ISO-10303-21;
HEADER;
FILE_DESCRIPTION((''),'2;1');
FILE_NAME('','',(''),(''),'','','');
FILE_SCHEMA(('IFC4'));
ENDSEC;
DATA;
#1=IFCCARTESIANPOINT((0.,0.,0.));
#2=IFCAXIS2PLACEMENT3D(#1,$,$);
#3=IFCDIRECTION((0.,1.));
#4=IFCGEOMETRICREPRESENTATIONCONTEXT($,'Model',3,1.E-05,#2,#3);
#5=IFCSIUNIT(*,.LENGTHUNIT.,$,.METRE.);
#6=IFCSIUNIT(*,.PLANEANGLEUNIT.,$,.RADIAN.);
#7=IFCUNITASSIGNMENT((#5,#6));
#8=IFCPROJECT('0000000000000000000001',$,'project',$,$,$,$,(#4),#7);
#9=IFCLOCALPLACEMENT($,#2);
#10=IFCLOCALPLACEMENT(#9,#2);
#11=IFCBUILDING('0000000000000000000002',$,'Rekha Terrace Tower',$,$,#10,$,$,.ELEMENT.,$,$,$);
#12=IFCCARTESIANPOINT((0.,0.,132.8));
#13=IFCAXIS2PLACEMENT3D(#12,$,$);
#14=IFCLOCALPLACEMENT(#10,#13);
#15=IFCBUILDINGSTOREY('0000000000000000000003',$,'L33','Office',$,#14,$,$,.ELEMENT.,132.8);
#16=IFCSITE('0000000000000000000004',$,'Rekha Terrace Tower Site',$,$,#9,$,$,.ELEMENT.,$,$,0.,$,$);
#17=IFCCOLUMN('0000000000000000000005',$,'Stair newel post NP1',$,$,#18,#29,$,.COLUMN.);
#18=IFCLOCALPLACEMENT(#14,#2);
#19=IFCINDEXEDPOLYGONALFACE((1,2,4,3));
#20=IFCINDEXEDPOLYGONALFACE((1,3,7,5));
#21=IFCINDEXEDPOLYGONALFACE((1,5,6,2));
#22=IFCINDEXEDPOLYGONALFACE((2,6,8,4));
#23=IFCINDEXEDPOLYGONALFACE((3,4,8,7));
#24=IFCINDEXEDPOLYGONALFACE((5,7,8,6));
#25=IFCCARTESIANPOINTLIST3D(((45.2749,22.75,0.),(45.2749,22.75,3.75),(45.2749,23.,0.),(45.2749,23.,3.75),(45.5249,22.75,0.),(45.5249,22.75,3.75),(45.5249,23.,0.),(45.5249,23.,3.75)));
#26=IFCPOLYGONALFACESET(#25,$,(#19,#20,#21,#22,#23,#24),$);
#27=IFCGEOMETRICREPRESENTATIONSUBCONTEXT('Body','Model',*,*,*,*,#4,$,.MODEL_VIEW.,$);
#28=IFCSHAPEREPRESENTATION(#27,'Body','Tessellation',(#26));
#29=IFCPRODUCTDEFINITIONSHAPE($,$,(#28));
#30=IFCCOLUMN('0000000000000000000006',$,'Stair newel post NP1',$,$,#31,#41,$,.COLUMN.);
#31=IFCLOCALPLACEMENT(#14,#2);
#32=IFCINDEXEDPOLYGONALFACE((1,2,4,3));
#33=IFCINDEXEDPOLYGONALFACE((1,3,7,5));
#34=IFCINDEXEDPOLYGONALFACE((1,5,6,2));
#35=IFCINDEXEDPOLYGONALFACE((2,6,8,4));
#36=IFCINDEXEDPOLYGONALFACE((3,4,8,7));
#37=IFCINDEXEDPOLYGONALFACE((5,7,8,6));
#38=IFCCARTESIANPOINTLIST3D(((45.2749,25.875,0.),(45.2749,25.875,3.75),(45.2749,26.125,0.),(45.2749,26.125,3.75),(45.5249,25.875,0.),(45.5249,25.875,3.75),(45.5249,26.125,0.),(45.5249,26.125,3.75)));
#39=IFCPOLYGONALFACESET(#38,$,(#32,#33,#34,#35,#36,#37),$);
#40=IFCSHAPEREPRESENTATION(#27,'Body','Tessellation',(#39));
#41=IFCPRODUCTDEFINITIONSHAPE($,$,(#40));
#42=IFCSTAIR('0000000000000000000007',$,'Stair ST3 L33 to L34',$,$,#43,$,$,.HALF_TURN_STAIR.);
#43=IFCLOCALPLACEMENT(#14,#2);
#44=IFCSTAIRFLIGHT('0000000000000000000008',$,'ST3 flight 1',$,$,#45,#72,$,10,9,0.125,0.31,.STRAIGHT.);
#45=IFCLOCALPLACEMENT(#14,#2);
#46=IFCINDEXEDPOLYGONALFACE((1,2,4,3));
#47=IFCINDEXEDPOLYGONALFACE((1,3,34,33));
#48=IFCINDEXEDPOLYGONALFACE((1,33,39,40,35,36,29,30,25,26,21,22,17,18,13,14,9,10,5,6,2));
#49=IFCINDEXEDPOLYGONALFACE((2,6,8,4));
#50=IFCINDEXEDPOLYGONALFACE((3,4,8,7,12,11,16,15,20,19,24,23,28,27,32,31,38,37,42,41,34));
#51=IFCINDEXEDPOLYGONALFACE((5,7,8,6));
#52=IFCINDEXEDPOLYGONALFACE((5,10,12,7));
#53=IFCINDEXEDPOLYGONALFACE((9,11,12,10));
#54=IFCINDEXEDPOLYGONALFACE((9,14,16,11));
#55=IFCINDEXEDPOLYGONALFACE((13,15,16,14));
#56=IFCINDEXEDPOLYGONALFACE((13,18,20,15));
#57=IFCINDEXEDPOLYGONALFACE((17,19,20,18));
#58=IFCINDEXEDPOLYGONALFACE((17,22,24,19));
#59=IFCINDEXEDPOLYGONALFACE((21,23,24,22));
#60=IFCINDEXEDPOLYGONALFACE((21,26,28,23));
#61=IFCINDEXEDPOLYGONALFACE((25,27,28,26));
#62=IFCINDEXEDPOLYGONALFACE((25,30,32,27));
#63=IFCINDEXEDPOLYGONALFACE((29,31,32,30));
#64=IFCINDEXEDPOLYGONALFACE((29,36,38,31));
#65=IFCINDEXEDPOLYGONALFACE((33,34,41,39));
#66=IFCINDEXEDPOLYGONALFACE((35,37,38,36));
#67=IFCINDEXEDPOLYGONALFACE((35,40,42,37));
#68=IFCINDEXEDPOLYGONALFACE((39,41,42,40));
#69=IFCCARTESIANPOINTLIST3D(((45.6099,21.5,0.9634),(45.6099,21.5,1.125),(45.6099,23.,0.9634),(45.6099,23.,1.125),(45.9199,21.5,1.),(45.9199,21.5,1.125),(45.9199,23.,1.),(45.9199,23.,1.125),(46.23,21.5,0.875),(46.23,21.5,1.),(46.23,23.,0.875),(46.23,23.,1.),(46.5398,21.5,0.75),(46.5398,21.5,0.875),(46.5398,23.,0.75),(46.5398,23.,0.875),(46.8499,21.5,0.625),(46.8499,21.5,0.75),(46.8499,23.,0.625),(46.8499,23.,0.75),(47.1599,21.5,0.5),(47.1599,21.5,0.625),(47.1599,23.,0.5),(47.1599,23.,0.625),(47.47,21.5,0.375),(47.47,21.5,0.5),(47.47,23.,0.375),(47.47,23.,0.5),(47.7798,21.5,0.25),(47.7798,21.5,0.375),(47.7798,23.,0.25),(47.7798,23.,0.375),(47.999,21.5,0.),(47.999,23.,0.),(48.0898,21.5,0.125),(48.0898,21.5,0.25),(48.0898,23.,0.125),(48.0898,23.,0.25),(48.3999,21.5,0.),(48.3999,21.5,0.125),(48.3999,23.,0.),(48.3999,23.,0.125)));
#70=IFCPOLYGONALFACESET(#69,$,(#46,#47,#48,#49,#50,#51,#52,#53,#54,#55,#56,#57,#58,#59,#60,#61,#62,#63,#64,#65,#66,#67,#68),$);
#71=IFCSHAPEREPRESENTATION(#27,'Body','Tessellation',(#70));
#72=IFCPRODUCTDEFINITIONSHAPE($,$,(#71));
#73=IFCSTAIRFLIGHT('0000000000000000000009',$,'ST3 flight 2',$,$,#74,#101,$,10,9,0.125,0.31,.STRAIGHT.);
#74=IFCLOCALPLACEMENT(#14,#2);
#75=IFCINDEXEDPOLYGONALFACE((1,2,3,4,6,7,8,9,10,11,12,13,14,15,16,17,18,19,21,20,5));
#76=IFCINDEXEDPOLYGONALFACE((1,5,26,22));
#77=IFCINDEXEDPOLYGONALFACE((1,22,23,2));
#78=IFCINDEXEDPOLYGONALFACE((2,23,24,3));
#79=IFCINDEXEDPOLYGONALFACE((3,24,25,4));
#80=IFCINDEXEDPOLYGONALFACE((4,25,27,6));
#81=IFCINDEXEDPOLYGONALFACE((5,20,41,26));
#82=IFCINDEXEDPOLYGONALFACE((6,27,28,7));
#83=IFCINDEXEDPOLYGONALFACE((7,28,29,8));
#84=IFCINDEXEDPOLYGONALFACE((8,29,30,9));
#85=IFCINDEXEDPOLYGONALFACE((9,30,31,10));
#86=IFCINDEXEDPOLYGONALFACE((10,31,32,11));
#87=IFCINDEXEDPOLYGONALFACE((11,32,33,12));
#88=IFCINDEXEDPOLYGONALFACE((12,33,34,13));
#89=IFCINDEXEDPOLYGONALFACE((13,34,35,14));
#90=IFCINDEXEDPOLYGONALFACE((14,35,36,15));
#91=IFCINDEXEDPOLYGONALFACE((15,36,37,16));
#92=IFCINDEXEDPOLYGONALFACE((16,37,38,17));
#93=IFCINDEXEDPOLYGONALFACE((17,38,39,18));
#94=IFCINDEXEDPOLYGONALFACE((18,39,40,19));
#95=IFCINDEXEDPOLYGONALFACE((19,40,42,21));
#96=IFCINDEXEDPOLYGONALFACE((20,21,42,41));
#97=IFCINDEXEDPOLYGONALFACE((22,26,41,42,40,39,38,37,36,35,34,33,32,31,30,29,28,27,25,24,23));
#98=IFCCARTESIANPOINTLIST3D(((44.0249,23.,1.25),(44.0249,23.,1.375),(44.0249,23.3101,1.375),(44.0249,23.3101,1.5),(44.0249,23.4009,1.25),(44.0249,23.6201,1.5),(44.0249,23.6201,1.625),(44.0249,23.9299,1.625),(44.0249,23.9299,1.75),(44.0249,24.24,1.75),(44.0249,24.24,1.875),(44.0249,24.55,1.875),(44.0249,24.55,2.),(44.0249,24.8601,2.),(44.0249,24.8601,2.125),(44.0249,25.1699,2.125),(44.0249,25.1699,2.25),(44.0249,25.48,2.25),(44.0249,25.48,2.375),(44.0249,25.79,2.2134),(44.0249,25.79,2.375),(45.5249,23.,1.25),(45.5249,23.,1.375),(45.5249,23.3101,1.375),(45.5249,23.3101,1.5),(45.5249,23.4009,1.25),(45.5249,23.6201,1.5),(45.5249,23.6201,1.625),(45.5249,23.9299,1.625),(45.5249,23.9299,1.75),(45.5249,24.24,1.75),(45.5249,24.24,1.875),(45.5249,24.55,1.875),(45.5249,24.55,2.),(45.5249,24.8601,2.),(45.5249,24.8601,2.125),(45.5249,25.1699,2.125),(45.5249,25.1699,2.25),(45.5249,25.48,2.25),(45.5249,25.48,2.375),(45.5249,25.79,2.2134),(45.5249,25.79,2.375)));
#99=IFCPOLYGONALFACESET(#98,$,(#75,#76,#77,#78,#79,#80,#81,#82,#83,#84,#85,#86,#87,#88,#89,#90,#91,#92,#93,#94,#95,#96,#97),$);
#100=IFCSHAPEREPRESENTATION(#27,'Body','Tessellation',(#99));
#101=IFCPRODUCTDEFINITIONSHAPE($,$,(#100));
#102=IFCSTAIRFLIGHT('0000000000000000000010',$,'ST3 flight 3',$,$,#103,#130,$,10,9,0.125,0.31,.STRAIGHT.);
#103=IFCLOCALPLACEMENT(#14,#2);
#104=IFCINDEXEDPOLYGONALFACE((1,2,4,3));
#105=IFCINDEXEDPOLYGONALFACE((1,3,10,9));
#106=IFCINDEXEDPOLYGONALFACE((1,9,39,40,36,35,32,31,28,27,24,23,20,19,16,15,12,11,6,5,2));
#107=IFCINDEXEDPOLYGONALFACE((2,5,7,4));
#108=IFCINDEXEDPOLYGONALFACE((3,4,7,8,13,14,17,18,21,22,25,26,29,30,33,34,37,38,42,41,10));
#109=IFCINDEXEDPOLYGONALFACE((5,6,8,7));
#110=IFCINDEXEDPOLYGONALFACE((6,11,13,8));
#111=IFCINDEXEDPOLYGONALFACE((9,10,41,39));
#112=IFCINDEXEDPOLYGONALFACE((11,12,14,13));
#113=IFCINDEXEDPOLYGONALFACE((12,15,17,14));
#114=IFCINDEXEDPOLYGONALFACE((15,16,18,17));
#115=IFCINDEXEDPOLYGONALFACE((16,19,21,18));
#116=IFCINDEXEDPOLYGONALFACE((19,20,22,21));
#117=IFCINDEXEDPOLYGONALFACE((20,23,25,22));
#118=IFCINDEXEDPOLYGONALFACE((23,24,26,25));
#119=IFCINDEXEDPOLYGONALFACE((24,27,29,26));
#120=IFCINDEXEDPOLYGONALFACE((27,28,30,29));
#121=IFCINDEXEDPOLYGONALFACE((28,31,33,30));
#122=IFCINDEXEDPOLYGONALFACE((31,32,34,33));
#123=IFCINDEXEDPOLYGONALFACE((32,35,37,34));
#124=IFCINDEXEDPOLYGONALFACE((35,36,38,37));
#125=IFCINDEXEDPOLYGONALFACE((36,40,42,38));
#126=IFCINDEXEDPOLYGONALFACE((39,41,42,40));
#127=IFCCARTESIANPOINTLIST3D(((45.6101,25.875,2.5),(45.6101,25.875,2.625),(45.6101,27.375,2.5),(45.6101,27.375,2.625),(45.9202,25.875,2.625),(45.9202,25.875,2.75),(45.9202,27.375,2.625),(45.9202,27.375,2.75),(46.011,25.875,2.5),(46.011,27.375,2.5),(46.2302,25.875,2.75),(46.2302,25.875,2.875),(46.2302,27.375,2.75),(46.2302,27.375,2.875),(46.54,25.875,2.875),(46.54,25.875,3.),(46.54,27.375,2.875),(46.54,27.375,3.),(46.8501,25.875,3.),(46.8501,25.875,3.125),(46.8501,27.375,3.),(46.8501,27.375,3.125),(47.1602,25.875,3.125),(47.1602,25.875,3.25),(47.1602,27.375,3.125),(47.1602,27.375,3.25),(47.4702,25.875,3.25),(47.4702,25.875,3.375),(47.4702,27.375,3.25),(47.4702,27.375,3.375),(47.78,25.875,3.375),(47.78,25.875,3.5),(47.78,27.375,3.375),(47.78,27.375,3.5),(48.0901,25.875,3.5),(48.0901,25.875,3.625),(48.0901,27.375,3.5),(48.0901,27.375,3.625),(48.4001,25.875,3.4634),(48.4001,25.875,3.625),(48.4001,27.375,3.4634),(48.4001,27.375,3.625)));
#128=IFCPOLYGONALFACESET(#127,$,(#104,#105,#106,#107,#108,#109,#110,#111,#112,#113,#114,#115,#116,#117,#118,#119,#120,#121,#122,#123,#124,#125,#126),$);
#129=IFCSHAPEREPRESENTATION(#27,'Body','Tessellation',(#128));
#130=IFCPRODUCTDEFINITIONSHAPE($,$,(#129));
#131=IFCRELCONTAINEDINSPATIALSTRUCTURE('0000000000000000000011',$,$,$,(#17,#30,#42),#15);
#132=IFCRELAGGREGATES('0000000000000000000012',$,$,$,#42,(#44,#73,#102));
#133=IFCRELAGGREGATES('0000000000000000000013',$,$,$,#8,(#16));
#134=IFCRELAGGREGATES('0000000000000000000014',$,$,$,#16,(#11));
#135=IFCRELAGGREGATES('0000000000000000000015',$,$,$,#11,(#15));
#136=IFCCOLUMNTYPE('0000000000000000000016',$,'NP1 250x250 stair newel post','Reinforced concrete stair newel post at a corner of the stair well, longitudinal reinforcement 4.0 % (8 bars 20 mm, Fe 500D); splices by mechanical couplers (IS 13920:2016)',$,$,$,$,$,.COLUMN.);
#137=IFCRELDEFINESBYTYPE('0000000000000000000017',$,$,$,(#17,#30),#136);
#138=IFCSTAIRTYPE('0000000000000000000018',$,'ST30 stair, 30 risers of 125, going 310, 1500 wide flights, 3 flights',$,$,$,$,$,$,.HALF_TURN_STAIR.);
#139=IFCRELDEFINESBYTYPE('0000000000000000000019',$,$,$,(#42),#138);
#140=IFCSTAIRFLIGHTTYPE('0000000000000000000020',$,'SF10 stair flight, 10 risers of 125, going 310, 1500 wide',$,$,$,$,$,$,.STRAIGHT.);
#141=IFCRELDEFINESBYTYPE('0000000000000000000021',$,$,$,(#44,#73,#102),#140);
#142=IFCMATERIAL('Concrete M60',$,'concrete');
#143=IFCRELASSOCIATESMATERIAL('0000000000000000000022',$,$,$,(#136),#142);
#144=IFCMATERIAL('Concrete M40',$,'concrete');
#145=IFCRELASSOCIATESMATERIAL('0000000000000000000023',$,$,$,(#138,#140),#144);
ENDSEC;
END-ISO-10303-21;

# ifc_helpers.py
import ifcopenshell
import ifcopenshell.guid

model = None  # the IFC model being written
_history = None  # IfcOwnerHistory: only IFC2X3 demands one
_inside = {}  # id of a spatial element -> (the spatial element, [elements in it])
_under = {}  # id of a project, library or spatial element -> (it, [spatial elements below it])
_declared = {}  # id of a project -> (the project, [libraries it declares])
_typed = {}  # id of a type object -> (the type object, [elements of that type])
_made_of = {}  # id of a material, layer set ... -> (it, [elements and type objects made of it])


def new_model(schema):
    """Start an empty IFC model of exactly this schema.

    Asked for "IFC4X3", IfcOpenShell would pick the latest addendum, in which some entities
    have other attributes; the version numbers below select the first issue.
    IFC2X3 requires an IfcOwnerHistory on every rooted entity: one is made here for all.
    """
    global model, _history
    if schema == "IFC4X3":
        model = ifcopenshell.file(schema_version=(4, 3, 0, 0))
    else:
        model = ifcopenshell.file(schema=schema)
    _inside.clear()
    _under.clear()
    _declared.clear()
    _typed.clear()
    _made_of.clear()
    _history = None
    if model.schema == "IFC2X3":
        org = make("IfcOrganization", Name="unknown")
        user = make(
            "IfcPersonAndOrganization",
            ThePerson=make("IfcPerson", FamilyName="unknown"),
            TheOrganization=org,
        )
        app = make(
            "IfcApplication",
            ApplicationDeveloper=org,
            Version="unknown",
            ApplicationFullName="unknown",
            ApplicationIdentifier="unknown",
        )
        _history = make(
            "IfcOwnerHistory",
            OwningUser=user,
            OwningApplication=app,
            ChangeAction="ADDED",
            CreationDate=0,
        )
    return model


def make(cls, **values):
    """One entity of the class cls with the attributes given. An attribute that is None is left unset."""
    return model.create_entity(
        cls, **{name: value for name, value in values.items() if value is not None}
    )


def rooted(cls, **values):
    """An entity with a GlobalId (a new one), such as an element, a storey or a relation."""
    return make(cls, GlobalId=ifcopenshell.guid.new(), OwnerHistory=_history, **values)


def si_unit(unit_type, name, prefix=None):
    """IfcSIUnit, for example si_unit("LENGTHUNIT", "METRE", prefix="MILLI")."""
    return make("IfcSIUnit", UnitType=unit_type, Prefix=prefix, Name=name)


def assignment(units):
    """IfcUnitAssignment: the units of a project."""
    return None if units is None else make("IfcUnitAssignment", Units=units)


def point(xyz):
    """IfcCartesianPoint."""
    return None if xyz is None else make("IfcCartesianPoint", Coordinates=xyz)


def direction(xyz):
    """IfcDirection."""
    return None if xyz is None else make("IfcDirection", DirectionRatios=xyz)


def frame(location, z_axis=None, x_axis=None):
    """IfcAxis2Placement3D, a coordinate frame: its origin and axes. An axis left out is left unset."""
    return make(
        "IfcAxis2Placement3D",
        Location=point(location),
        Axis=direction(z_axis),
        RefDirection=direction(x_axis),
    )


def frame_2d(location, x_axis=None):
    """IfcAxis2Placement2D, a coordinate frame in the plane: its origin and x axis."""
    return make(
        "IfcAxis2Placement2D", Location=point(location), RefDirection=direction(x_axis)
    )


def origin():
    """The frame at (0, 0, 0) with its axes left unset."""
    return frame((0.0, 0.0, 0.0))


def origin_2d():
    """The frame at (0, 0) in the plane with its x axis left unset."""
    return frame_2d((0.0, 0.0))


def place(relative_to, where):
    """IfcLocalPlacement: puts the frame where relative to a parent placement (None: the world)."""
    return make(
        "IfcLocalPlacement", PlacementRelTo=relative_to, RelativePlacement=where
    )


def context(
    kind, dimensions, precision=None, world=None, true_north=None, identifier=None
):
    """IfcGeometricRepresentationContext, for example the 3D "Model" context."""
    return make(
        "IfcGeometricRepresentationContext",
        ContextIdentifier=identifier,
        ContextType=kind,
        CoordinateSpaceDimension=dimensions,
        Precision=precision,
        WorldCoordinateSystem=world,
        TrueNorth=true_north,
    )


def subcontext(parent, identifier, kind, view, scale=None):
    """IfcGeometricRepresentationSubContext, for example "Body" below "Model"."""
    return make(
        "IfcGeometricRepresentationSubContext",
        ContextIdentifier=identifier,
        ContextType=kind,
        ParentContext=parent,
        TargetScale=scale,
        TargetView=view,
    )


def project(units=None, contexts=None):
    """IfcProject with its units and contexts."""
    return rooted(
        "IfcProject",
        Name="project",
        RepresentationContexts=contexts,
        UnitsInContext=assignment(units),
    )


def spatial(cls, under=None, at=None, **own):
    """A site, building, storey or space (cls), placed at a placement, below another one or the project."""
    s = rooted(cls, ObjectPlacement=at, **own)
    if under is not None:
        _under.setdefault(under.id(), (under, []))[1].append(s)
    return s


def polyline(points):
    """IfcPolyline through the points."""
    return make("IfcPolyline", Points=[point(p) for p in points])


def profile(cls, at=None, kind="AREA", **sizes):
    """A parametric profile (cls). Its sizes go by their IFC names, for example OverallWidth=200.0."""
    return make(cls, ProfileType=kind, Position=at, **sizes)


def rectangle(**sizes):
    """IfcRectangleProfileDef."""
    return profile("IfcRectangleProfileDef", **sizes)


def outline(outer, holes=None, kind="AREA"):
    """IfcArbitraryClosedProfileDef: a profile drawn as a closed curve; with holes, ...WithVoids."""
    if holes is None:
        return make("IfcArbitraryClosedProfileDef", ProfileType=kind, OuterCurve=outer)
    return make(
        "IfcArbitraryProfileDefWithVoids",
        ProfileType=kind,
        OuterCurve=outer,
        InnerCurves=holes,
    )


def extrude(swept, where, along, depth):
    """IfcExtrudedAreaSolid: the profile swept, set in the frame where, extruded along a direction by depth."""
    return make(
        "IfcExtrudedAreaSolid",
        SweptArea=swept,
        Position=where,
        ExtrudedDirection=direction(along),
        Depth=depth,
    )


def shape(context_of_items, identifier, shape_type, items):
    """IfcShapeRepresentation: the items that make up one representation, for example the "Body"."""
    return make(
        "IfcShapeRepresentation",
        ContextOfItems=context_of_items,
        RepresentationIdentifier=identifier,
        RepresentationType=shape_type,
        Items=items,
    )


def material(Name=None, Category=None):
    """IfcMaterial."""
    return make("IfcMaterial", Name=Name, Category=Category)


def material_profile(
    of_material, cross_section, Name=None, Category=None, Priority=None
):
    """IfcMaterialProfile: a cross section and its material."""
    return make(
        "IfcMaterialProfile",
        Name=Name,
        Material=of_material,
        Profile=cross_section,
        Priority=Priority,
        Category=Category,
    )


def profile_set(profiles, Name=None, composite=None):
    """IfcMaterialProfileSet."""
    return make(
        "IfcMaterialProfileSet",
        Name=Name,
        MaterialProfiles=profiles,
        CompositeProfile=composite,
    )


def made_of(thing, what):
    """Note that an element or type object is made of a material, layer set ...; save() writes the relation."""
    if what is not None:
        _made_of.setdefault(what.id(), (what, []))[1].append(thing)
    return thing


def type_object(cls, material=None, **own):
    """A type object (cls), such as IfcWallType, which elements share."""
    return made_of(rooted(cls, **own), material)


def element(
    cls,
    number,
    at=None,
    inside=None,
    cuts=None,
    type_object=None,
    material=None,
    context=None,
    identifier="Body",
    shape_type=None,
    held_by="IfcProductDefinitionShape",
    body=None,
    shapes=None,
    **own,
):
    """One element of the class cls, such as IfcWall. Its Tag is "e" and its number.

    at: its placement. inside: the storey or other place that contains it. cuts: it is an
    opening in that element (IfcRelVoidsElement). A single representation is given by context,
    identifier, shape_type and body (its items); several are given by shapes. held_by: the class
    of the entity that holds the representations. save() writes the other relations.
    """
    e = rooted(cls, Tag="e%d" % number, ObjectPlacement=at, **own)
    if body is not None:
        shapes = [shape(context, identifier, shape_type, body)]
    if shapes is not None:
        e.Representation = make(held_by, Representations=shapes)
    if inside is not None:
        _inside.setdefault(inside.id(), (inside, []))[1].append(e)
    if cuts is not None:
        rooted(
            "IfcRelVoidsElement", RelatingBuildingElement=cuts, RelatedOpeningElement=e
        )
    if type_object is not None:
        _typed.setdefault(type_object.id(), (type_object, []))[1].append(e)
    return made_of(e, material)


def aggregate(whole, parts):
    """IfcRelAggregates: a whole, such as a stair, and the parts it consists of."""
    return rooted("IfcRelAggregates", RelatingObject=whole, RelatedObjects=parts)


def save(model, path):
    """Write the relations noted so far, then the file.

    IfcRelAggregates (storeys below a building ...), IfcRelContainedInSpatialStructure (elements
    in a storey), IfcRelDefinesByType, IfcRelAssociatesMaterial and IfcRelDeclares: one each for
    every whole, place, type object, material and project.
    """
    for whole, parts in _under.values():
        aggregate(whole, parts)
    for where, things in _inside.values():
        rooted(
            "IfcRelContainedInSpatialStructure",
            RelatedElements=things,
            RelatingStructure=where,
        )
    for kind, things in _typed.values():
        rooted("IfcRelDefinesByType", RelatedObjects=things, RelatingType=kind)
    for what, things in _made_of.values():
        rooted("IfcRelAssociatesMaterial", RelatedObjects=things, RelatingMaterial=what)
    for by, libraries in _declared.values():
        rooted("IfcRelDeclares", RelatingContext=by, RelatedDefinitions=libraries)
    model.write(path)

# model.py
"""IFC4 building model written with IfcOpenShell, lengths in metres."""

from ifc_helpers import new_model, si_unit, direction, frame, origin, origin_2d, place, context, subcontext, project, spatial, polyline, rectangle, outline, extrude, material, material_profile, profile_set, type_object, element, aggregate, save


model = new_model("IFC4")

# Units and contexts
model_context = context("Model", 3, precision=1e-05, world=origin(), true_north=direction((0.0, 1.0)))
body_context = subcontext(model_context, "Body", "Model", "MODEL_VIEW")
ifc_project = project(units=[si_unit("LENGTHUNIT", "METRE"), si_unit("PLANEANGLEUNIT", "RADIAN")], contexts=[model_context])

# Site, building, storey
site_placement = place(None, origin())
site = spatial("IfcSite", under=ifc_project, at=site_placement, Name="Rekha Terrace Tower Site", CompositionType="ELEMENT", RefElevation=0.0)
building_placement = place(site_placement, origin())
building = spatial("IfcBuilding", under=site, at=building_placement, Name="Rekha Terrace Tower", CompositionType="ELEMENT")
storey_placement = place(building_placement, frame((0.0, 0.0, 132.8)))
storey = spatial("IfcBuildingStorey", under=building, at=storey_placement, Name="L33", Description="Office", CompositionType="ELEMENT", Elevation=132.8)

# Columns
ifc_material_1 = material(Name="Concrete M60", Category="concrete")
ifc_material_profile = material_profile(ifc_material_1, rectangle(XDim=0.25, YDim=0.25, at=origin_2d()), Name="RC 250x250")
ifc_profile_set = profile_set([ifc_material_profile], Name="Concrete M60")
column_type = type_object("IfcColumnType", Name="NP1 250x250 stair newel post", Description="Reinforced concrete stair newel post at a corner of the stair well, longitudinal reinforcement 4.0 % (8 bars 20 mm, Fe 500D); splices by mechanical couplers (IS 13920:2016)", PredefinedType="COLUMN", material=ifc_profile_set)
for number, where, z_axis, x_axis, name in (
    (1, (45.3999, 22.875, 0.0), (0.0, 0.0, 1.0), (1.0, 0.0, 0.0), "Stair newel post NP1"),
    (2, (45.3999, 26.0, 0.0), (0.0, 0.0, 1.0), (1.0, 0.0, 0.0), "Stair newel post NP1"),
):
    element("IfcColumn", number, at=place(storey_placement, frame(where, z_axis=z_axis, x_axis=x_axis)), inside=storey, type_object=column_type, Name=name, PredefinedType="COLUMN", context=body_context, shape_type="SweptSolid", body=[
        extrude(rectangle(XDim=0.25, YDim=0.25, at=origin_2d()), origin(), (0.0, 0.0, 1.0), 3.75),
    ])

# Stair, stair flights
ifc_material_2 = material(Name="Concrete M40", Category="concrete")
stair_type = type_object("IfcStairType", Name="ST30 stair, 30 risers of 125, going 310, 1500 wide flights, 3 flights", PredefinedType="HALF_TURN_STAIR", material=ifc_material_2)
stair_placement = place(storey_placement, origin())
stair = element("IfcStair", 3, at=stair_placement, inside=storey, type_object=stair_type, Name="Stair ST3 L33 to L34", PredefinedType="HALF_TURN_STAIR")
stair_flight_type = type_object("IfcStairFlightType", Name="SF10 stair flight, 10 risers of 125, going 310, 1500 wide", PredefinedType="STRAIGHT", material=ifc_material_2)
stair_flight_1_placement = place(storey_placement, frame((48.3999, 22.25, 0.0), z_axis=(0.0, 0.0, 1.0), x_axis=(-1.0, 0.0, 0.0)))
stair_flight_1 = element("IfcStairFlight", 4, at=stair_flight_1_placement, type_object=stair_flight_type, Name="ST3 flight 1", NumberOfRisers=10, NumberOfTreads=9, PredefinedType="STRAIGHT", RiserHeight=0.125, TreadLength=0.31, context=body_context, shape_type="SweptSolid", body=[
    extrude(outline(polyline([(0.0, 0.0), (0.0, 0.125), (0.3101, 0.125), (0.3101, 0.25), (0.6201, 0.25), (0.6201, 0.375), (0.9299, 0.375), (0.9299, 0.5), (1.24, 0.5), (1.24, 0.625), (1.55, 0.625), (1.55, 0.75), (1.8601, 0.75), (1.8601, 0.875), (2.1699, 0.875), (2.1699, 1.0), (2.48, 1.0), (2.48, 1.125), (2.79, 1.125), (2.79, 1.25), (2.79, 0.9634), (0.4009, 0.0), (0.0, 0.0)])), frame((0.0, 0.75, 0.0), z_axis=(0.0, -1.0, 0.0), x_axis=(1.0, 0.0, 0.0)), (0.0, 0.0, 1.0), 1.5),
])
stair_flight_2_placement = place(storey_placement, frame((44.7749, 23.0, 1.25), z_axis=(0.0, 0.0, 1.0), x_axis=(0.0, 1.0, 0.0)))
stair_flight_2 = element("IfcStairFlight", 5, at=stair_flight_2_placement, type_object=stair_flight_type, Name="ST3 flight 2", NumberOfRisers=10, NumberOfTreads=9, PredefinedType="STRAIGHT", RiserHeight=0.125, TreadLength=0.31, context=body_context, shape_type="SweptSolid", body=[
    extrude(outline(polyline([(0.0, 0.0), (0.0, 0.125), (0.3101, 0.125), (0.3101, 0.25), (0.6201, 0.25), (0.6201, 0.375), (0.9299, 0.375), (0.9299, 0.5), (1.24, 0.5), (1.24, 0.625), (1.55, 0.625), (1.55, 0.75), (1.8601, 0.75), (1.8601, 0.875), (2.1699, 0.875), (2.1699, 1.0), (2.48, 1.0), (2.48, 1.125), (2.79, 1.125), (2.79, 1.25), (2.79, 0.9634), (0.4009, 0.0), (0.0, 0.0)])), frame((0.0, 0.75, 0.0), z_axis=(0.0, -1.0, 0.0), x_axis=(1.0, 0.0, 0.0)), (0.0, 0.0, 1.0), 1.5),
])
stair_flight_3_placement = place(storey_placement, frame((45.6101, 26.625, 2.5), z_axis=(0.0, 0.0, 1.0), x_axis=(1.0, 0.0, 0.0)))
stair_flight_3 = element("IfcStairFlight", 6, at=stair_flight_3_placement, type_object=stair_flight_type, Name="ST3 flight 3", NumberOfRisers=10, NumberOfTreads=9, PredefinedType="STRAIGHT", RiserHeight=0.125, TreadLength=0.31, context=body_context, shape_type="SweptSolid", body=[
    extrude(outline(polyline([(0.0, 0.0), (0.0, 0.125), (0.3101, 0.125), (0.3101, 0.25), (0.6201, 0.25), (0.6201, 0.375), (0.9299, 0.375), (0.9299, 0.5), (1.24, 0.5), (1.24, 0.625), (1.55, 0.625), (1.55, 0.75), (1.8601, 0.75), (1.8601, 0.875), (2.1699, 0.875), (2.1699, 1.0), (2.48, 1.0), (2.48, 1.125), (2.79, 1.125), (2.79, 1.25), (2.79, 0.9634), (0.4009, 0.0), (0.0, 0.0)])), frame((0.0, 0.75, 0.0), z_axis=(0.0, -1.0, 0.0), x_axis=(1.0, 0.0, 0.0)), (0.0, 0.0, 1.0), 1.5),
])
aggregate(stair, [stair_flight_1, stair_flight_2, stair_flight_3])

save(model, "model.ifc")
